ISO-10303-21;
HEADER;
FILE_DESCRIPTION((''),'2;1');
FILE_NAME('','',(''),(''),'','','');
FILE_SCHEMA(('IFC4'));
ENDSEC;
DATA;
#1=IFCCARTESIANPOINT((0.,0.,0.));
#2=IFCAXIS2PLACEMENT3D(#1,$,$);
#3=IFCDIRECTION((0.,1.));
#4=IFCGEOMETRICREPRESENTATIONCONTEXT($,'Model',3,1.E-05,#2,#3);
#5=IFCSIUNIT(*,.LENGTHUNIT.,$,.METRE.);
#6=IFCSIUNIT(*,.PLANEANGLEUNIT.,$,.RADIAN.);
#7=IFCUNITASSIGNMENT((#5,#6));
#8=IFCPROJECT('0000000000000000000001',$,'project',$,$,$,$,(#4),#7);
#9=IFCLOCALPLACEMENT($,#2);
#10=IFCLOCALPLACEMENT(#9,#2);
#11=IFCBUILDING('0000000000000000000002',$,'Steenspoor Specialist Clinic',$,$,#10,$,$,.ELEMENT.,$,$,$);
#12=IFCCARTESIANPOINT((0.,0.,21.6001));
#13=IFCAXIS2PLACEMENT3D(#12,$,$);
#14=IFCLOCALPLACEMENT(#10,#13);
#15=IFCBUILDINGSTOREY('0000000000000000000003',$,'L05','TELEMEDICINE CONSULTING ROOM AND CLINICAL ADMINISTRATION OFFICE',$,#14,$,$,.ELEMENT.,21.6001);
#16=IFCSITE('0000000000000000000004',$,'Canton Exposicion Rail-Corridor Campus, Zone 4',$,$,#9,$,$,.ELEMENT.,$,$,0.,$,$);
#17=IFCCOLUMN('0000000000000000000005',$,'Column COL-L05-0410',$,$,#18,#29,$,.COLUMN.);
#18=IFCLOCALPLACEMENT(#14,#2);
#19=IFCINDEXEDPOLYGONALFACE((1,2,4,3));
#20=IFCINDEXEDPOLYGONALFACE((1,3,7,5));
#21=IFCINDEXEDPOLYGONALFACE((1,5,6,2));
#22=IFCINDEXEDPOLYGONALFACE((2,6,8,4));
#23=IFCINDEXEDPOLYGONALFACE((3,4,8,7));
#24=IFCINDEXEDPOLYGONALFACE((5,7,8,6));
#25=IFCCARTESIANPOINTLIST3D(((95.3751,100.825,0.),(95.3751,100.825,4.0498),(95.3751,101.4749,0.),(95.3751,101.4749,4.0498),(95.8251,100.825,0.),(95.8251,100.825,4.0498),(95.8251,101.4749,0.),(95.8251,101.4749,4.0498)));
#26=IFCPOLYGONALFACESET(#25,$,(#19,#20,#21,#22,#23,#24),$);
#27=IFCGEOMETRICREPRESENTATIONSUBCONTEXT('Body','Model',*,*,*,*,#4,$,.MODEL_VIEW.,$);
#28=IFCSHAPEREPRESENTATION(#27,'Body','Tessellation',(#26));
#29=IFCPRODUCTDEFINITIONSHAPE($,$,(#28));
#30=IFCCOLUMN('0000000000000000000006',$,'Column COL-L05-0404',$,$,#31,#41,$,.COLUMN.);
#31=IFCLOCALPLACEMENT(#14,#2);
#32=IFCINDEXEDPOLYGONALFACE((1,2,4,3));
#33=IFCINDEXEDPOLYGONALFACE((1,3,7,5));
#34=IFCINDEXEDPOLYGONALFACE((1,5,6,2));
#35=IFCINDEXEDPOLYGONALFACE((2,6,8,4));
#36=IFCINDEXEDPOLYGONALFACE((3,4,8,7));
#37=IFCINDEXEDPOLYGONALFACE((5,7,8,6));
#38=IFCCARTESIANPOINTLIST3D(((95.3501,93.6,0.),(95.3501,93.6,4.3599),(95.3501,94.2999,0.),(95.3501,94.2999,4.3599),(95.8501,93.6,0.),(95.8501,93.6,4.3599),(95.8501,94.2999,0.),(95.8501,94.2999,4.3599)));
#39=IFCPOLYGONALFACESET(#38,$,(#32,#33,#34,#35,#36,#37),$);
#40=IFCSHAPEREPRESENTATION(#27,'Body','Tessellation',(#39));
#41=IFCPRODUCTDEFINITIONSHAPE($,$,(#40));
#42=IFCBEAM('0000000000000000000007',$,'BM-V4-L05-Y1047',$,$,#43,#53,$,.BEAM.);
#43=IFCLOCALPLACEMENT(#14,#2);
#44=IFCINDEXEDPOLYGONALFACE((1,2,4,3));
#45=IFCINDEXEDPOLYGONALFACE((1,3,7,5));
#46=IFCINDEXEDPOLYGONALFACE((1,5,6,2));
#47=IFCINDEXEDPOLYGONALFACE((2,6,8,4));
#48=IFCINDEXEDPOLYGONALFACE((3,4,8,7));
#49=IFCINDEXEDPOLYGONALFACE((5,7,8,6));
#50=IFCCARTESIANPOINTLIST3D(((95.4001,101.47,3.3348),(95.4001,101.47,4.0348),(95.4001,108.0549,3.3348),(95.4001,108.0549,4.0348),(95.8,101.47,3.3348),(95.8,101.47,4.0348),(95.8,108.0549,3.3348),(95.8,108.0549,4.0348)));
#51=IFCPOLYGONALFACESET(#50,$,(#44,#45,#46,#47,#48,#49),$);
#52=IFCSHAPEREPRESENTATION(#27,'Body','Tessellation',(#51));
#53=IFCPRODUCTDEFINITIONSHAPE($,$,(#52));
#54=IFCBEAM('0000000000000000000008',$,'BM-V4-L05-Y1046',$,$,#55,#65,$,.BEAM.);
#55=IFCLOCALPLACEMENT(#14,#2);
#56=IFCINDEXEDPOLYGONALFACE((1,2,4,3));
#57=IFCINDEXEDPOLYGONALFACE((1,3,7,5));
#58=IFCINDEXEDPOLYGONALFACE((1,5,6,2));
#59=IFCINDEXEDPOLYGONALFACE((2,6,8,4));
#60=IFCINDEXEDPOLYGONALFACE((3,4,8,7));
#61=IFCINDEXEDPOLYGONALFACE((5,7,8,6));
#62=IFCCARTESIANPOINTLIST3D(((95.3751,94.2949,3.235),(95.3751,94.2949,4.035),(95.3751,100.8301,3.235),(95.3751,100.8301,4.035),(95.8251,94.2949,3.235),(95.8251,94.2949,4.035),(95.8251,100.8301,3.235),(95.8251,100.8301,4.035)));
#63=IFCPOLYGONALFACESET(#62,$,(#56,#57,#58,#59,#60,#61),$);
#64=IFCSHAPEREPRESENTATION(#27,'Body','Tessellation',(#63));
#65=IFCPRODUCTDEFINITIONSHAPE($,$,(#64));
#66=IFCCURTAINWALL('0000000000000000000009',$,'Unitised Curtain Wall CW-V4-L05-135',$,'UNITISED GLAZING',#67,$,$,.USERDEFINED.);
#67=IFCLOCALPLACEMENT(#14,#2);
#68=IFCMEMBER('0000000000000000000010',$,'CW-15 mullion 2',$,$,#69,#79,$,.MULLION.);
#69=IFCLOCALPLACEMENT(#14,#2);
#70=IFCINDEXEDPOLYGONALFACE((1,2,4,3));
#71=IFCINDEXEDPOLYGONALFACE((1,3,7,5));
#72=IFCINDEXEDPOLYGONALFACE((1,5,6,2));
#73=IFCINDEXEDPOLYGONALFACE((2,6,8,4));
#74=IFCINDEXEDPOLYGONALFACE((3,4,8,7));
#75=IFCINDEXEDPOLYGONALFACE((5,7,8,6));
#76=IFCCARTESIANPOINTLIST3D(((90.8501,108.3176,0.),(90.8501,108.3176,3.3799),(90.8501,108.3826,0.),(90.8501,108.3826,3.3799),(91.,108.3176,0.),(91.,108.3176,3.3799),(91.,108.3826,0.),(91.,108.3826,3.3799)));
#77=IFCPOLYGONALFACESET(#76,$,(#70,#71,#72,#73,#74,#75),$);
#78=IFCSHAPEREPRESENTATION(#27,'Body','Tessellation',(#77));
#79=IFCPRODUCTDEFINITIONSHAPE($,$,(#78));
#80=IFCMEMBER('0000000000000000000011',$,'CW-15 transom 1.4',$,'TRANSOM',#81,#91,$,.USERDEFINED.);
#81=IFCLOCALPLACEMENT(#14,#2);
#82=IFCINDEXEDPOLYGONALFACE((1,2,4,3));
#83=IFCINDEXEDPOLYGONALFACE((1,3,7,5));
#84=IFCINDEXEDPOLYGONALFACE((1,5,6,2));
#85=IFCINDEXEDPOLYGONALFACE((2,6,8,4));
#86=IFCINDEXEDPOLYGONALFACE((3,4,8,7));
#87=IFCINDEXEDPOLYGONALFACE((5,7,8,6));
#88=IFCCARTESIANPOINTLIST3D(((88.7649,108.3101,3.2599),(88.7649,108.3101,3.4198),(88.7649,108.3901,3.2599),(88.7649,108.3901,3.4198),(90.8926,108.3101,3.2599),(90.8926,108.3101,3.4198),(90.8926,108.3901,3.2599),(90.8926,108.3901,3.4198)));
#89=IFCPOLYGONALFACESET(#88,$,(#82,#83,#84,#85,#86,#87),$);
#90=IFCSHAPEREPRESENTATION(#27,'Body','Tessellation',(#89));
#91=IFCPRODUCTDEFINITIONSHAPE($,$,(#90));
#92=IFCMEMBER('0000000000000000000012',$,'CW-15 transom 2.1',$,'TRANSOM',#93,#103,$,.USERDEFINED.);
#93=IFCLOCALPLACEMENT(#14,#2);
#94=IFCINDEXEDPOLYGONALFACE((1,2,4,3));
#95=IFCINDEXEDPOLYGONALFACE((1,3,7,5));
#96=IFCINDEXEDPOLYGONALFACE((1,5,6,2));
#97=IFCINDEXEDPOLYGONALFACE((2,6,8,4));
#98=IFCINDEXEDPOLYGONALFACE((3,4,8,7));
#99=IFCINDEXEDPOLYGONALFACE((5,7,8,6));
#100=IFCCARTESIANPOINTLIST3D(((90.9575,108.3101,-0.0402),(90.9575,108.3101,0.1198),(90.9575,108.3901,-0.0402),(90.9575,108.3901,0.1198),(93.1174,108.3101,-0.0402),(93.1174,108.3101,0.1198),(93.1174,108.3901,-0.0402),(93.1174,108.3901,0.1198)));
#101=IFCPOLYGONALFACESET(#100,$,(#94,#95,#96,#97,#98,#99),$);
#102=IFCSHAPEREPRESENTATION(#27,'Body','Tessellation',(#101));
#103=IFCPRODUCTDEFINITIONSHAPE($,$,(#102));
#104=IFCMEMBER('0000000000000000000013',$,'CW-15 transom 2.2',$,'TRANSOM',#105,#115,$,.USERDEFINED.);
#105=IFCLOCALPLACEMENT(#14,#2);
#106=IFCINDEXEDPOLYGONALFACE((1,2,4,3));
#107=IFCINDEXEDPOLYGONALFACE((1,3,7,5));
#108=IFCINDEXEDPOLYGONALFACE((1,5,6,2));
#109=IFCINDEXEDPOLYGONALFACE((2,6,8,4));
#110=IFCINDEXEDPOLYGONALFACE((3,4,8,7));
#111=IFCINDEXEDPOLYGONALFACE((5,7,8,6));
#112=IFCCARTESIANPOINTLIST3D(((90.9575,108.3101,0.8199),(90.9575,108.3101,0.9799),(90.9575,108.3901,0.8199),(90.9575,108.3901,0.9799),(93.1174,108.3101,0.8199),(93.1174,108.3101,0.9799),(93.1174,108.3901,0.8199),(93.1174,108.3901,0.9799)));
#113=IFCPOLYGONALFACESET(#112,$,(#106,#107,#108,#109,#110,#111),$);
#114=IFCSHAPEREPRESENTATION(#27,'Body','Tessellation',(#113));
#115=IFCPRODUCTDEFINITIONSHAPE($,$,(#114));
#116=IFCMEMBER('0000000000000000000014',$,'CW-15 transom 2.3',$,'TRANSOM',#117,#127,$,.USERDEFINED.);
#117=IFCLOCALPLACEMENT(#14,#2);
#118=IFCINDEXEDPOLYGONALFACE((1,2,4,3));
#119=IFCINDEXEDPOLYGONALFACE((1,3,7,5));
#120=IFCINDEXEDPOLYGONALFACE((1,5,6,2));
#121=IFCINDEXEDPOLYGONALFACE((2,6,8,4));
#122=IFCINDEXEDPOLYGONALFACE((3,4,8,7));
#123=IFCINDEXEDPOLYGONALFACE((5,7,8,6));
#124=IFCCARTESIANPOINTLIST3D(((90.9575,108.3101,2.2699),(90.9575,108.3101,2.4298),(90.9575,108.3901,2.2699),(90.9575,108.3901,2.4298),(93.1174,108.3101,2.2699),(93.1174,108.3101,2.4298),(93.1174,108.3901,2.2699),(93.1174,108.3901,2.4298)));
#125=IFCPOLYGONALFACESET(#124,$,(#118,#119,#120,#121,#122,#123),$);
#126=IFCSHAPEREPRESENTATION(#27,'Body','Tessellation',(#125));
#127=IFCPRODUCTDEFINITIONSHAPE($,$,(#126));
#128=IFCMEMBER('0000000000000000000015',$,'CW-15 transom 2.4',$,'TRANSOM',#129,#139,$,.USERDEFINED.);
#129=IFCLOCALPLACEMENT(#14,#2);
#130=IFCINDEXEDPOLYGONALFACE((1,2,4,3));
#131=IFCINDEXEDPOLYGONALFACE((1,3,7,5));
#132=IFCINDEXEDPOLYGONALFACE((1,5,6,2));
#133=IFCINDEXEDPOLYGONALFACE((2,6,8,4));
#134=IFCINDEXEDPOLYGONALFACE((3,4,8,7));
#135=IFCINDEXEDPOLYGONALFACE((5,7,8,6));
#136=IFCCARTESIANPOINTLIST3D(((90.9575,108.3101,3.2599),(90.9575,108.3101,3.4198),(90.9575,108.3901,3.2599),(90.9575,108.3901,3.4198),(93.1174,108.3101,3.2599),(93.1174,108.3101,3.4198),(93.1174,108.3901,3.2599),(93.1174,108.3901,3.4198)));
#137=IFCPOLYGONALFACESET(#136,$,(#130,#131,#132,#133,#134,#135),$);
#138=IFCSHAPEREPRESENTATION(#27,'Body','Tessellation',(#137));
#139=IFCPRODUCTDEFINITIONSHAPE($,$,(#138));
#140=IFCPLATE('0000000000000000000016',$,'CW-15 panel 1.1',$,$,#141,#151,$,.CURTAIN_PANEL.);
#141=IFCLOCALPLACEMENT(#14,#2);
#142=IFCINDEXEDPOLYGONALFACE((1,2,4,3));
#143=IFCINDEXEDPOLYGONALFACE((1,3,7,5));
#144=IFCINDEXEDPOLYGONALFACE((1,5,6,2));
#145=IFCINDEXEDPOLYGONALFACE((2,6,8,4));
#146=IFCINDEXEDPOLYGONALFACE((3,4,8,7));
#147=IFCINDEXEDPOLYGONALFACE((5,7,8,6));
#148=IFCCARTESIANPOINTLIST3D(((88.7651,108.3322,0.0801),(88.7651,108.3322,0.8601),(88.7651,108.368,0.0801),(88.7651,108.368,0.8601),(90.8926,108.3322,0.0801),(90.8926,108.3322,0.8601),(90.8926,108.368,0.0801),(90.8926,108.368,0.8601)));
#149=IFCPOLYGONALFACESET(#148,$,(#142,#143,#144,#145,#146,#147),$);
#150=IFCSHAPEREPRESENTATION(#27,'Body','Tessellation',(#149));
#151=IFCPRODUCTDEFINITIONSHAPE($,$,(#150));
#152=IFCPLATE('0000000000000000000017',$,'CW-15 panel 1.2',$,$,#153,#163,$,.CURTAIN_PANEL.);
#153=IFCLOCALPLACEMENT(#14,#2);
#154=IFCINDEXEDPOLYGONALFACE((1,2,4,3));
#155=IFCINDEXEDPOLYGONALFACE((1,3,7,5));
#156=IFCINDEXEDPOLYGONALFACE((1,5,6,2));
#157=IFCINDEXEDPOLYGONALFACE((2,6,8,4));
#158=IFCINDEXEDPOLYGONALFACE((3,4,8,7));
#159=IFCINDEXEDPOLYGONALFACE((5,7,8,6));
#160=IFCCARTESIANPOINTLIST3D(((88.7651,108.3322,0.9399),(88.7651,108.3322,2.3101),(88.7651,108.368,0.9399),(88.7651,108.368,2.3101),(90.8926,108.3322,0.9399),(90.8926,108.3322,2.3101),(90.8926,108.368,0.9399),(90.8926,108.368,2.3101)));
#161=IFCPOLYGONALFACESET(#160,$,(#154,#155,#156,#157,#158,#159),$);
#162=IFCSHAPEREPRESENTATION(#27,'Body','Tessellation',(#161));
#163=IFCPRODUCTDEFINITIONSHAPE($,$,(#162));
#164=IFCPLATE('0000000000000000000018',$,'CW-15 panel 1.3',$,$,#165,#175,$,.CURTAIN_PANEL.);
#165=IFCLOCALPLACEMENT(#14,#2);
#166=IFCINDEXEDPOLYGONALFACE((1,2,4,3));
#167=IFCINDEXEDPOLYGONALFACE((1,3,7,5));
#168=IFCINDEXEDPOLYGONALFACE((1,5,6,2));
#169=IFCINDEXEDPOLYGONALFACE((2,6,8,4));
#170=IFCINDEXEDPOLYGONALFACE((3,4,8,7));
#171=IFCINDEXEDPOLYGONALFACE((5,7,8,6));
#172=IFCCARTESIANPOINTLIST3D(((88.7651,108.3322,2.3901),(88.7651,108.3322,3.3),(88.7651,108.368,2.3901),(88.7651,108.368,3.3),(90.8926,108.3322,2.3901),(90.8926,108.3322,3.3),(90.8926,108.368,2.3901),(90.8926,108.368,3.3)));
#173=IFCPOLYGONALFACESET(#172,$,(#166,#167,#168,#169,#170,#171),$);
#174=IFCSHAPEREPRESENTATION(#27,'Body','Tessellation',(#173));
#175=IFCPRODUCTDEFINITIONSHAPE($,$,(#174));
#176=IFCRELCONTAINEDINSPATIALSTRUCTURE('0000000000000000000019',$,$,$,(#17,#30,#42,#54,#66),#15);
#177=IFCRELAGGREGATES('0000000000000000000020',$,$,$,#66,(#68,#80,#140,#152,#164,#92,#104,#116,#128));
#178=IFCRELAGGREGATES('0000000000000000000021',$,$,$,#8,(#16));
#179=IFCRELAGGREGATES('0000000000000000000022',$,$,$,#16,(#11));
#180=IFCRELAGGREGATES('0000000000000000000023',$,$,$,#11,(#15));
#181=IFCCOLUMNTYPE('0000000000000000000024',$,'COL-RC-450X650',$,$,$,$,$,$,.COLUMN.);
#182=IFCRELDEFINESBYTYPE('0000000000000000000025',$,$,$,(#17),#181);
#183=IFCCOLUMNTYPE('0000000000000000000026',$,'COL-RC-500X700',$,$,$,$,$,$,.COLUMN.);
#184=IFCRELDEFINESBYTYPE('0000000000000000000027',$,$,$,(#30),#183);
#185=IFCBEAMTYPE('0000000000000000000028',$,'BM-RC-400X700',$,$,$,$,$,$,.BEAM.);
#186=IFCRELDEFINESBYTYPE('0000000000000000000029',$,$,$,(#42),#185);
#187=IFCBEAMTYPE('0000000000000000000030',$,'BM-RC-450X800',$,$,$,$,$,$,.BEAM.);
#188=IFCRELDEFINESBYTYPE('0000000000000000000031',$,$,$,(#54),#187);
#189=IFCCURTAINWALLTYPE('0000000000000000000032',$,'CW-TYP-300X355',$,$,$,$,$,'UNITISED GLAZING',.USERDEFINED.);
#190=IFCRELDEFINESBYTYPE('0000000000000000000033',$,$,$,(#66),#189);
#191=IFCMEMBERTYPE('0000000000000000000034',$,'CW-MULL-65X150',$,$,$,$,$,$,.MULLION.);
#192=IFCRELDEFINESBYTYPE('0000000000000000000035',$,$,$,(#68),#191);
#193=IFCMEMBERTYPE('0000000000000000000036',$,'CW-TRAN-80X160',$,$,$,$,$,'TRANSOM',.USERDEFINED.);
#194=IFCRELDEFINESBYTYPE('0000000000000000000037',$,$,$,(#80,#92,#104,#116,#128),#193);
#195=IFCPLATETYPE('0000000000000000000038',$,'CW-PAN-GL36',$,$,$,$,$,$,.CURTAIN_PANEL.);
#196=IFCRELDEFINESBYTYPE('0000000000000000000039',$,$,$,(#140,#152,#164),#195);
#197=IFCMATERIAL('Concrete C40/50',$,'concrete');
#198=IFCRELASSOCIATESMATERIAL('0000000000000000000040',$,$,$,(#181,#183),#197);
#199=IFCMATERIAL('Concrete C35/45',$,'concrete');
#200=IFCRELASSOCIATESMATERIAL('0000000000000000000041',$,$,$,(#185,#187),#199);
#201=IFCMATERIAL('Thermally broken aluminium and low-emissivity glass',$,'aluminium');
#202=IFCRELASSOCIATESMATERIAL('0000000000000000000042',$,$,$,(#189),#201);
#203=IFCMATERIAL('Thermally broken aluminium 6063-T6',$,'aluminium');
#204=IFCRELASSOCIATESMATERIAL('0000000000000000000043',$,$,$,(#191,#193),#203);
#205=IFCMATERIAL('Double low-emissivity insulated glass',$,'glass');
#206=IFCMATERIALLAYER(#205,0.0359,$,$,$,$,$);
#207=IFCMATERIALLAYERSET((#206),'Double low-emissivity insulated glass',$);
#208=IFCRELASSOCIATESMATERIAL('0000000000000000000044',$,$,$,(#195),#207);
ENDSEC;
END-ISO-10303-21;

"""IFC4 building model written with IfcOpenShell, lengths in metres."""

from ifc_helpers import new_model, si_unit, direction, frame, origin, origin_2d, place, context, subcontext, project, spatial, rectangle, extrude, material, layer, layer_set, material_profile, profile_set, type_object, element, aggregate, save


model = new_model("IFC4")

# Units and contexts
model_context = context("Model", 3, precision=1e-05, world=origin(), true_north=direction((0.0, 1.0)))
body_context = subcontext(model_context, "Body", "Model", "MODEL_VIEW")
ifc_project = project(units=[si_unit("LENGTHUNIT", "METRE"), si_unit("PLANEANGLEUNIT", "RADIAN")], contexts=[model_context])

# Site, building, storey
site_placement = place(None, origin())
site = spatial("IfcSite", under=ifc_project, at=site_placement, Name="Canton Exposicion Rail-Corridor Campus, Zone 4", CompositionType="ELEMENT", RefElevation=0.0)
building_placement = place(site_placement, origin())
building = spatial("IfcBuilding", under=site, at=building_placement, Name="Steenspoor Specialist Clinic", CompositionType="ELEMENT")
storey_placement = place(building_placement, frame((0.0, 0.0, 21.6001)))
storey = spatial("IfcBuildingStorey", under=building, at=storey_placement, Name="L05", Description="TELEMEDICINE CONSULTING ROOM AND CLINICAL ADMINISTRATION OFFICE", CompositionType="ELEMENT", Elevation=21.6001)

# Columns
ifc_material_1 = material(Name="Concrete C40/50", Category="concrete")
ifc_material_profile_1 = material_profile(ifc_material_1, rectangle(XDim=0.45, YDim=0.6499, at=origin_2d()), Name="RC-COL-450X650")
ifc_profile_set_1 = profile_set([ifc_material_profile_1], Name="Concrete C40/50")
column_type_1 = type_object("IfcColumnType", Name="COL-RC-450X650", PredefinedType="COLUMN", material=ifc_profile_set_1)
column_1_placement = place(storey_placement, frame((95.6001, 101.1499, 0.0), z_axis=(0.0, 0.0, 1.0), x_axis=(1.0, 0.0, 0.0)))
element("IfcColumn", 1, at=column_1_placement, inside=storey, type_object=column_type_1, Name="Column COL-L05-0410", PredefinedType="COLUMN", context=body_context, shape_type="SweptSolid", body=[
    extrude(rectangle(XDim=0.45, YDim=0.6499, at=origin_2d()), origin(), (0.0, 0.0, 1.0), 4.0498),
])
ifc_material_profile_2 = material_profile(ifc_material_1, rectangle(XDim=0.5, YDim=0.7, at=origin_2d()), Name="RC-COL-500X700")
ifc_profile_set_2 = profile_set([ifc_material_profile_2], Name="Concrete C40/50")
column_type_2 = type_object("IfcColumnType", Name="COL-RC-500X700", PredefinedType="COLUMN", material=ifc_profile_set_2)
column_2_placement = place(storey_placement, frame((95.6001, 93.95, 0.0), z_axis=(0.0, 0.0, 1.0), x_axis=(1.0, 0.0, 0.0)))
element("IfcColumn", 2, at=column_2_placement, inside=storey, type_object=column_type_2, Name="Column COL-L05-0404", PredefinedType="COLUMN", context=body_context, shape_type="SweptSolid", body=[
    extrude(rectangle(XDim=0.5, YDim=0.7, at=origin_2d()), origin(), (0.0, 0.0, 1.0), 4.3599),
])

# Beams
ifc_material_2 = material(Name="Concrete C35/45", Category="concrete")
ifc_material_profile_3 = material_profile(ifc_material_2, rectangle(XDim=0.3999, YDim=0.7, at=origin_2d()), Name="RC-BM-400X700")
ifc_profile_set_3 = profile_set([ifc_material_profile_3], Name="Concrete C35/45")
beam_type_1 = type_object("IfcBeamType", Name="BM-RC-400X700", PredefinedType="BEAM", material=ifc_profile_set_3)
beam_1_placement = place(storey_placement, frame((95.6001, 101.47, 3.6848), z_axis=(0.0, 1.0, 0.0), x_axis=(-1.0, 0.0, 0.0)))
element("IfcBeam", 3, at=beam_1_placement, inside=storey, type_object=beam_type_1, Name="BM-V4-L05-Y1047", PredefinedType="BEAM", context=body_context, shape_type="SweptSolid", body=[
    extrude(rectangle(XDim=0.3999, YDim=0.7, at=origin_2d()), origin(), (0.0, 0.0, 1.0), 6.585),
])
ifc_material_profile_4 = material_profile(ifc_material_2, rectangle(XDim=0.45, YDim=0.8, at=origin_2d()), Name="RC-BM-450X800")
ifc_profile_set_4 = profile_set([ifc_material_profile_4], Name="Concrete C35/45")
beam_type_2 = type_object("IfcBeamType", Name="BM-RC-450X800", PredefinedType="BEAM", material=ifc_profile_set_4)
beam_2_placement = place(storey_placement, frame((95.6001, 94.2949, 3.635), z_axis=(0.0, 1.0, 0.0), x_axis=(-1.0, 0.0, 0.0)))
element("IfcBeam", 4, at=beam_2_placement, inside=storey, type_object=beam_type_2, Name="BM-V4-L05-Y1046", PredefinedType="BEAM", context=body_context, shape_type="SweptSolid", body=[
    extrude(rectangle(XDim=0.45, YDim=0.8, at=origin_2d()), origin(), (0.0, 0.0, 1.0), 6.5352),
])

# Curtain wall, members, plates
ifc_material_3 = material(Name="Thermally broken aluminium and low-emissivity glass", Category="aluminium")
curtain_wall_type = type_object("IfcCurtainWallType", Name="CW-TYP-300X355", ElementType="UNITISED GLAZING", PredefinedType="USERDEFINED", material=ifc_material_3)
curtain_wall_placement = place(storey_placement, origin())
curtain_wall = element("IfcCurtainWall", 5, at=curtain_wall_placement, inside=storey, type_object=curtain_wall_type, Name="Unitised Curtain Wall CW-V4-L05-135", ObjectType="UNITISED GLAZING", PredefinedType="USERDEFINED")
ifc_material_4 = material(Name="Thermally broken aluminium 6063-T6", Category="aluminium")
ifc_material_profile_5 = material_profile(ifc_material_4, rectangle(XDim=0.0649, YDim=0.1499, at=origin_2d()), Name="CWM-65X150")
ifc_profile_set_5 = profile_set([ifc_material_profile_5], Name="Thermally broken aluminium 6063-T6")
member_type_1 = type_object("IfcMemberType", Name="CW-MULL-65X150", PredefinedType="MULLION", material=ifc_profile_set_5)
member_1_placement = place(storey_placement, frame((90.925, 108.3501, 0.0), z_axis=(0.0, 0.0, 1.0), x_axis=(0.0, 1.0, 0.0)))
member_1 = element("IfcMember", 6, at=member_1_placement, type_object=member_type_1, Name="CW-15 mullion 2", PredefinedType="MULLION", context=body_context, shape_type="SweptSolid", body=[
    extrude(rectangle(XDim=0.0649, YDim=0.1499, at=origin_2d()), origin(), (0.0, 0.0, 1.0), 3.3799),
])
ifc_material_profile_6 = material_profile(ifc_material_4, rectangle(XDim=0.0801, YDim=0.1599, at=origin_2d()), Name="CWT-80X160")
ifc_profile_set_6 = profile_set([ifc_material_profile_6], Name="Thermally broken aluminium 6063-T6")
member_type_2 = type_object("IfcMemberType", Name="CW-TRAN-80X160", ElementType="TRANSOM", PredefinedType="USERDEFINED", material=ifc_profile_set_6)
member_2_placement = place(storey_placement, frame((88.7649, 108.3501, 3.3398), z_axis=(1.0, 0.0, 0.0), x_axis=(0.0, 1.0, 0.0)))
member_2 = element("IfcMember", 7, at=member_2_placement, type_object=member_type_2, Name="CW-15 transom 1.4", ObjectType="TRANSOM", PredefinedType="USERDEFINED", context=body_context, shape_type="SweptSolid", body=[
    extrude(rectangle(XDim=0.0801, YDim=0.1599, at=origin_2d()), origin(), (0.0, 0.0, 1.0), 2.1277),
])
member_3_placement = place(storey_placement, frame((90.9575, 108.3501, 0.0398), z_axis=(1.0, 0.0, 0.0), x_axis=(0.0, 1.0, 0.0)))
member_3 = element("IfcMember", 8, at=member_3_placement, type_object=member_type_2, Name="CW-15 transom 2.1", ObjectType="TRANSOM", PredefinedType="USERDEFINED", context=body_context, shape_type="SweptSolid", body=[
    extrude(rectangle(XDim=0.0801, YDim=0.1599, at=origin_2d()), origin(), (0.0, 0.0, 1.0), 2.1599),
])
member_4_placement = place(storey_placement, frame((90.9575, 108.3501, 0.8999), z_axis=(1.0, 0.0, 0.0), x_axis=(0.0, 1.0, 0.0)))
member_4 = element("IfcMember", 9, at=member_4_placement, type_object=member_type_2, Name="CW-15 transom 2.2", ObjectType="TRANSOM", PredefinedType="USERDEFINED", context=body_context, shape_type="SweptSolid", body=[
    extrude(rectangle(XDim=0.0801, YDim=0.1599, at=origin_2d()), origin(), (0.0, 0.0, 1.0), 2.1599),
])
member_5_placement = place(storey_placement, frame((90.9575, 108.3501, 2.3499), z_axis=(1.0, 0.0, 0.0), x_axis=(0.0, 1.0, 0.0)))
member_5 = element("IfcMember", 10, at=member_5_placement, type_object=member_type_2, Name="CW-15 transom 2.3", ObjectType="TRANSOM", PredefinedType="USERDEFINED", context=body_context, shape_type="SweptSolid", body=[
    extrude(rectangle(XDim=0.0801, YDim=0.1599, at=origin_2d()), origin(), (0.0, 0.0, 1.0), 2.1599),
])
member_6_placement = place(storey_placement, frame((90.9575, 108.3501, 3.3398), z_axis=(1.0, 0.0, 0.0), x_axis=(0.0, 1.0, 0.0)))
member_6 = element("IfcMember", 11, at=member_6_placement, type_object=member_type_2, Name="CW-15 transom 2.4", ObjectType="TRANSOM", PredefinedType="USERDEFINED", context=body_context, shape_type="SweptSolid", body=[
    extrude(rectangle(XDim=0.0801, YDim=0.1599, at=origin_2d()), origin(), (0.0, 0.0, 1.0), 2.1599),
])
ifc_material_5 = material(Name="Double low-emissivity insulated glass", Category="glass")
ifc_layer_1 = layer(ifc_material_5, 0.0359)
ifc_layer_set_1 = layer_set([ifc_layer_1], Name="Double low-emissivity insulated glass")
plate_type = type_object("IfcPlateType", Name="CW-PAN-GL36", PredefinedType="CURTAIN_PANEL", material=ifc_layer_set_1)
plate_1_placement = place(storey_placement, frame((89.8289, 108.3501, 0.0801), z_axis=(0.0, 0.0, 1.0), x_axis=(1.0, 0.0, 0.0)))
plate_1 = element("IfcPlate", 12, at=plate_1_placement, type_object=plate_type, Name="CW-15 panel 1.1", PredefinedType="CURTAIN_PANEL", context=body_context, shape_type="SweptSolid", body=[
    extrude(rectangle(XDim=2.1274, YDim=0.0359, at=origin_2d()), origin(), (0.0, 0.0, 1.0), 0.78),
])
plate_2_placement = place(storey_placement, frame((89.8289, 108.3501, 0.9399), z_axis=(0.0, 0.0, 1.0), x_axis=(1.0, 0.0, 0.0)))
plate_2 = element("IfcPlate", 13, at=plate_2_placement, type_object=plate_type, Name="CW-15 panel 1.2", PredefinedType="CURTAIN_PANEL", context=body_context, shape_type="SweptSolid", body=[
    extrude(rectangle(XDim=2.1274, YDim=0.0359, at=origin_2d()), origin(), (0.0, 0.0, 1.0), 1.3701),
])
plate_3_placement = place(storey_placement, frame((89.8289, 108.3501, 2.3901), z_axis=(0.0, 0.0, 1.0), x_axis=(1.0, 0.0, 0.0)))
plate_3 = element("IfcPlate", 14, at=plate_3_placement, type_object=plate_type, Name="CW-15 panel 1.3", PredefinedType="CURTAIN_PANEL", context=body_context, shape_type="SweptSolid", body=[
    extrude(rectangle(XDim=2.1274, YDim=0.0359, at=origin_2d()), origin(), (0.0, 0.0, 1.0), 0.9099),
])
aggregate(curtain_wall, [member_1, member_2, plate_1, plate_2, plate_3, member_3, member_4, member_5, member_6])

save(model, "model.ifc")
